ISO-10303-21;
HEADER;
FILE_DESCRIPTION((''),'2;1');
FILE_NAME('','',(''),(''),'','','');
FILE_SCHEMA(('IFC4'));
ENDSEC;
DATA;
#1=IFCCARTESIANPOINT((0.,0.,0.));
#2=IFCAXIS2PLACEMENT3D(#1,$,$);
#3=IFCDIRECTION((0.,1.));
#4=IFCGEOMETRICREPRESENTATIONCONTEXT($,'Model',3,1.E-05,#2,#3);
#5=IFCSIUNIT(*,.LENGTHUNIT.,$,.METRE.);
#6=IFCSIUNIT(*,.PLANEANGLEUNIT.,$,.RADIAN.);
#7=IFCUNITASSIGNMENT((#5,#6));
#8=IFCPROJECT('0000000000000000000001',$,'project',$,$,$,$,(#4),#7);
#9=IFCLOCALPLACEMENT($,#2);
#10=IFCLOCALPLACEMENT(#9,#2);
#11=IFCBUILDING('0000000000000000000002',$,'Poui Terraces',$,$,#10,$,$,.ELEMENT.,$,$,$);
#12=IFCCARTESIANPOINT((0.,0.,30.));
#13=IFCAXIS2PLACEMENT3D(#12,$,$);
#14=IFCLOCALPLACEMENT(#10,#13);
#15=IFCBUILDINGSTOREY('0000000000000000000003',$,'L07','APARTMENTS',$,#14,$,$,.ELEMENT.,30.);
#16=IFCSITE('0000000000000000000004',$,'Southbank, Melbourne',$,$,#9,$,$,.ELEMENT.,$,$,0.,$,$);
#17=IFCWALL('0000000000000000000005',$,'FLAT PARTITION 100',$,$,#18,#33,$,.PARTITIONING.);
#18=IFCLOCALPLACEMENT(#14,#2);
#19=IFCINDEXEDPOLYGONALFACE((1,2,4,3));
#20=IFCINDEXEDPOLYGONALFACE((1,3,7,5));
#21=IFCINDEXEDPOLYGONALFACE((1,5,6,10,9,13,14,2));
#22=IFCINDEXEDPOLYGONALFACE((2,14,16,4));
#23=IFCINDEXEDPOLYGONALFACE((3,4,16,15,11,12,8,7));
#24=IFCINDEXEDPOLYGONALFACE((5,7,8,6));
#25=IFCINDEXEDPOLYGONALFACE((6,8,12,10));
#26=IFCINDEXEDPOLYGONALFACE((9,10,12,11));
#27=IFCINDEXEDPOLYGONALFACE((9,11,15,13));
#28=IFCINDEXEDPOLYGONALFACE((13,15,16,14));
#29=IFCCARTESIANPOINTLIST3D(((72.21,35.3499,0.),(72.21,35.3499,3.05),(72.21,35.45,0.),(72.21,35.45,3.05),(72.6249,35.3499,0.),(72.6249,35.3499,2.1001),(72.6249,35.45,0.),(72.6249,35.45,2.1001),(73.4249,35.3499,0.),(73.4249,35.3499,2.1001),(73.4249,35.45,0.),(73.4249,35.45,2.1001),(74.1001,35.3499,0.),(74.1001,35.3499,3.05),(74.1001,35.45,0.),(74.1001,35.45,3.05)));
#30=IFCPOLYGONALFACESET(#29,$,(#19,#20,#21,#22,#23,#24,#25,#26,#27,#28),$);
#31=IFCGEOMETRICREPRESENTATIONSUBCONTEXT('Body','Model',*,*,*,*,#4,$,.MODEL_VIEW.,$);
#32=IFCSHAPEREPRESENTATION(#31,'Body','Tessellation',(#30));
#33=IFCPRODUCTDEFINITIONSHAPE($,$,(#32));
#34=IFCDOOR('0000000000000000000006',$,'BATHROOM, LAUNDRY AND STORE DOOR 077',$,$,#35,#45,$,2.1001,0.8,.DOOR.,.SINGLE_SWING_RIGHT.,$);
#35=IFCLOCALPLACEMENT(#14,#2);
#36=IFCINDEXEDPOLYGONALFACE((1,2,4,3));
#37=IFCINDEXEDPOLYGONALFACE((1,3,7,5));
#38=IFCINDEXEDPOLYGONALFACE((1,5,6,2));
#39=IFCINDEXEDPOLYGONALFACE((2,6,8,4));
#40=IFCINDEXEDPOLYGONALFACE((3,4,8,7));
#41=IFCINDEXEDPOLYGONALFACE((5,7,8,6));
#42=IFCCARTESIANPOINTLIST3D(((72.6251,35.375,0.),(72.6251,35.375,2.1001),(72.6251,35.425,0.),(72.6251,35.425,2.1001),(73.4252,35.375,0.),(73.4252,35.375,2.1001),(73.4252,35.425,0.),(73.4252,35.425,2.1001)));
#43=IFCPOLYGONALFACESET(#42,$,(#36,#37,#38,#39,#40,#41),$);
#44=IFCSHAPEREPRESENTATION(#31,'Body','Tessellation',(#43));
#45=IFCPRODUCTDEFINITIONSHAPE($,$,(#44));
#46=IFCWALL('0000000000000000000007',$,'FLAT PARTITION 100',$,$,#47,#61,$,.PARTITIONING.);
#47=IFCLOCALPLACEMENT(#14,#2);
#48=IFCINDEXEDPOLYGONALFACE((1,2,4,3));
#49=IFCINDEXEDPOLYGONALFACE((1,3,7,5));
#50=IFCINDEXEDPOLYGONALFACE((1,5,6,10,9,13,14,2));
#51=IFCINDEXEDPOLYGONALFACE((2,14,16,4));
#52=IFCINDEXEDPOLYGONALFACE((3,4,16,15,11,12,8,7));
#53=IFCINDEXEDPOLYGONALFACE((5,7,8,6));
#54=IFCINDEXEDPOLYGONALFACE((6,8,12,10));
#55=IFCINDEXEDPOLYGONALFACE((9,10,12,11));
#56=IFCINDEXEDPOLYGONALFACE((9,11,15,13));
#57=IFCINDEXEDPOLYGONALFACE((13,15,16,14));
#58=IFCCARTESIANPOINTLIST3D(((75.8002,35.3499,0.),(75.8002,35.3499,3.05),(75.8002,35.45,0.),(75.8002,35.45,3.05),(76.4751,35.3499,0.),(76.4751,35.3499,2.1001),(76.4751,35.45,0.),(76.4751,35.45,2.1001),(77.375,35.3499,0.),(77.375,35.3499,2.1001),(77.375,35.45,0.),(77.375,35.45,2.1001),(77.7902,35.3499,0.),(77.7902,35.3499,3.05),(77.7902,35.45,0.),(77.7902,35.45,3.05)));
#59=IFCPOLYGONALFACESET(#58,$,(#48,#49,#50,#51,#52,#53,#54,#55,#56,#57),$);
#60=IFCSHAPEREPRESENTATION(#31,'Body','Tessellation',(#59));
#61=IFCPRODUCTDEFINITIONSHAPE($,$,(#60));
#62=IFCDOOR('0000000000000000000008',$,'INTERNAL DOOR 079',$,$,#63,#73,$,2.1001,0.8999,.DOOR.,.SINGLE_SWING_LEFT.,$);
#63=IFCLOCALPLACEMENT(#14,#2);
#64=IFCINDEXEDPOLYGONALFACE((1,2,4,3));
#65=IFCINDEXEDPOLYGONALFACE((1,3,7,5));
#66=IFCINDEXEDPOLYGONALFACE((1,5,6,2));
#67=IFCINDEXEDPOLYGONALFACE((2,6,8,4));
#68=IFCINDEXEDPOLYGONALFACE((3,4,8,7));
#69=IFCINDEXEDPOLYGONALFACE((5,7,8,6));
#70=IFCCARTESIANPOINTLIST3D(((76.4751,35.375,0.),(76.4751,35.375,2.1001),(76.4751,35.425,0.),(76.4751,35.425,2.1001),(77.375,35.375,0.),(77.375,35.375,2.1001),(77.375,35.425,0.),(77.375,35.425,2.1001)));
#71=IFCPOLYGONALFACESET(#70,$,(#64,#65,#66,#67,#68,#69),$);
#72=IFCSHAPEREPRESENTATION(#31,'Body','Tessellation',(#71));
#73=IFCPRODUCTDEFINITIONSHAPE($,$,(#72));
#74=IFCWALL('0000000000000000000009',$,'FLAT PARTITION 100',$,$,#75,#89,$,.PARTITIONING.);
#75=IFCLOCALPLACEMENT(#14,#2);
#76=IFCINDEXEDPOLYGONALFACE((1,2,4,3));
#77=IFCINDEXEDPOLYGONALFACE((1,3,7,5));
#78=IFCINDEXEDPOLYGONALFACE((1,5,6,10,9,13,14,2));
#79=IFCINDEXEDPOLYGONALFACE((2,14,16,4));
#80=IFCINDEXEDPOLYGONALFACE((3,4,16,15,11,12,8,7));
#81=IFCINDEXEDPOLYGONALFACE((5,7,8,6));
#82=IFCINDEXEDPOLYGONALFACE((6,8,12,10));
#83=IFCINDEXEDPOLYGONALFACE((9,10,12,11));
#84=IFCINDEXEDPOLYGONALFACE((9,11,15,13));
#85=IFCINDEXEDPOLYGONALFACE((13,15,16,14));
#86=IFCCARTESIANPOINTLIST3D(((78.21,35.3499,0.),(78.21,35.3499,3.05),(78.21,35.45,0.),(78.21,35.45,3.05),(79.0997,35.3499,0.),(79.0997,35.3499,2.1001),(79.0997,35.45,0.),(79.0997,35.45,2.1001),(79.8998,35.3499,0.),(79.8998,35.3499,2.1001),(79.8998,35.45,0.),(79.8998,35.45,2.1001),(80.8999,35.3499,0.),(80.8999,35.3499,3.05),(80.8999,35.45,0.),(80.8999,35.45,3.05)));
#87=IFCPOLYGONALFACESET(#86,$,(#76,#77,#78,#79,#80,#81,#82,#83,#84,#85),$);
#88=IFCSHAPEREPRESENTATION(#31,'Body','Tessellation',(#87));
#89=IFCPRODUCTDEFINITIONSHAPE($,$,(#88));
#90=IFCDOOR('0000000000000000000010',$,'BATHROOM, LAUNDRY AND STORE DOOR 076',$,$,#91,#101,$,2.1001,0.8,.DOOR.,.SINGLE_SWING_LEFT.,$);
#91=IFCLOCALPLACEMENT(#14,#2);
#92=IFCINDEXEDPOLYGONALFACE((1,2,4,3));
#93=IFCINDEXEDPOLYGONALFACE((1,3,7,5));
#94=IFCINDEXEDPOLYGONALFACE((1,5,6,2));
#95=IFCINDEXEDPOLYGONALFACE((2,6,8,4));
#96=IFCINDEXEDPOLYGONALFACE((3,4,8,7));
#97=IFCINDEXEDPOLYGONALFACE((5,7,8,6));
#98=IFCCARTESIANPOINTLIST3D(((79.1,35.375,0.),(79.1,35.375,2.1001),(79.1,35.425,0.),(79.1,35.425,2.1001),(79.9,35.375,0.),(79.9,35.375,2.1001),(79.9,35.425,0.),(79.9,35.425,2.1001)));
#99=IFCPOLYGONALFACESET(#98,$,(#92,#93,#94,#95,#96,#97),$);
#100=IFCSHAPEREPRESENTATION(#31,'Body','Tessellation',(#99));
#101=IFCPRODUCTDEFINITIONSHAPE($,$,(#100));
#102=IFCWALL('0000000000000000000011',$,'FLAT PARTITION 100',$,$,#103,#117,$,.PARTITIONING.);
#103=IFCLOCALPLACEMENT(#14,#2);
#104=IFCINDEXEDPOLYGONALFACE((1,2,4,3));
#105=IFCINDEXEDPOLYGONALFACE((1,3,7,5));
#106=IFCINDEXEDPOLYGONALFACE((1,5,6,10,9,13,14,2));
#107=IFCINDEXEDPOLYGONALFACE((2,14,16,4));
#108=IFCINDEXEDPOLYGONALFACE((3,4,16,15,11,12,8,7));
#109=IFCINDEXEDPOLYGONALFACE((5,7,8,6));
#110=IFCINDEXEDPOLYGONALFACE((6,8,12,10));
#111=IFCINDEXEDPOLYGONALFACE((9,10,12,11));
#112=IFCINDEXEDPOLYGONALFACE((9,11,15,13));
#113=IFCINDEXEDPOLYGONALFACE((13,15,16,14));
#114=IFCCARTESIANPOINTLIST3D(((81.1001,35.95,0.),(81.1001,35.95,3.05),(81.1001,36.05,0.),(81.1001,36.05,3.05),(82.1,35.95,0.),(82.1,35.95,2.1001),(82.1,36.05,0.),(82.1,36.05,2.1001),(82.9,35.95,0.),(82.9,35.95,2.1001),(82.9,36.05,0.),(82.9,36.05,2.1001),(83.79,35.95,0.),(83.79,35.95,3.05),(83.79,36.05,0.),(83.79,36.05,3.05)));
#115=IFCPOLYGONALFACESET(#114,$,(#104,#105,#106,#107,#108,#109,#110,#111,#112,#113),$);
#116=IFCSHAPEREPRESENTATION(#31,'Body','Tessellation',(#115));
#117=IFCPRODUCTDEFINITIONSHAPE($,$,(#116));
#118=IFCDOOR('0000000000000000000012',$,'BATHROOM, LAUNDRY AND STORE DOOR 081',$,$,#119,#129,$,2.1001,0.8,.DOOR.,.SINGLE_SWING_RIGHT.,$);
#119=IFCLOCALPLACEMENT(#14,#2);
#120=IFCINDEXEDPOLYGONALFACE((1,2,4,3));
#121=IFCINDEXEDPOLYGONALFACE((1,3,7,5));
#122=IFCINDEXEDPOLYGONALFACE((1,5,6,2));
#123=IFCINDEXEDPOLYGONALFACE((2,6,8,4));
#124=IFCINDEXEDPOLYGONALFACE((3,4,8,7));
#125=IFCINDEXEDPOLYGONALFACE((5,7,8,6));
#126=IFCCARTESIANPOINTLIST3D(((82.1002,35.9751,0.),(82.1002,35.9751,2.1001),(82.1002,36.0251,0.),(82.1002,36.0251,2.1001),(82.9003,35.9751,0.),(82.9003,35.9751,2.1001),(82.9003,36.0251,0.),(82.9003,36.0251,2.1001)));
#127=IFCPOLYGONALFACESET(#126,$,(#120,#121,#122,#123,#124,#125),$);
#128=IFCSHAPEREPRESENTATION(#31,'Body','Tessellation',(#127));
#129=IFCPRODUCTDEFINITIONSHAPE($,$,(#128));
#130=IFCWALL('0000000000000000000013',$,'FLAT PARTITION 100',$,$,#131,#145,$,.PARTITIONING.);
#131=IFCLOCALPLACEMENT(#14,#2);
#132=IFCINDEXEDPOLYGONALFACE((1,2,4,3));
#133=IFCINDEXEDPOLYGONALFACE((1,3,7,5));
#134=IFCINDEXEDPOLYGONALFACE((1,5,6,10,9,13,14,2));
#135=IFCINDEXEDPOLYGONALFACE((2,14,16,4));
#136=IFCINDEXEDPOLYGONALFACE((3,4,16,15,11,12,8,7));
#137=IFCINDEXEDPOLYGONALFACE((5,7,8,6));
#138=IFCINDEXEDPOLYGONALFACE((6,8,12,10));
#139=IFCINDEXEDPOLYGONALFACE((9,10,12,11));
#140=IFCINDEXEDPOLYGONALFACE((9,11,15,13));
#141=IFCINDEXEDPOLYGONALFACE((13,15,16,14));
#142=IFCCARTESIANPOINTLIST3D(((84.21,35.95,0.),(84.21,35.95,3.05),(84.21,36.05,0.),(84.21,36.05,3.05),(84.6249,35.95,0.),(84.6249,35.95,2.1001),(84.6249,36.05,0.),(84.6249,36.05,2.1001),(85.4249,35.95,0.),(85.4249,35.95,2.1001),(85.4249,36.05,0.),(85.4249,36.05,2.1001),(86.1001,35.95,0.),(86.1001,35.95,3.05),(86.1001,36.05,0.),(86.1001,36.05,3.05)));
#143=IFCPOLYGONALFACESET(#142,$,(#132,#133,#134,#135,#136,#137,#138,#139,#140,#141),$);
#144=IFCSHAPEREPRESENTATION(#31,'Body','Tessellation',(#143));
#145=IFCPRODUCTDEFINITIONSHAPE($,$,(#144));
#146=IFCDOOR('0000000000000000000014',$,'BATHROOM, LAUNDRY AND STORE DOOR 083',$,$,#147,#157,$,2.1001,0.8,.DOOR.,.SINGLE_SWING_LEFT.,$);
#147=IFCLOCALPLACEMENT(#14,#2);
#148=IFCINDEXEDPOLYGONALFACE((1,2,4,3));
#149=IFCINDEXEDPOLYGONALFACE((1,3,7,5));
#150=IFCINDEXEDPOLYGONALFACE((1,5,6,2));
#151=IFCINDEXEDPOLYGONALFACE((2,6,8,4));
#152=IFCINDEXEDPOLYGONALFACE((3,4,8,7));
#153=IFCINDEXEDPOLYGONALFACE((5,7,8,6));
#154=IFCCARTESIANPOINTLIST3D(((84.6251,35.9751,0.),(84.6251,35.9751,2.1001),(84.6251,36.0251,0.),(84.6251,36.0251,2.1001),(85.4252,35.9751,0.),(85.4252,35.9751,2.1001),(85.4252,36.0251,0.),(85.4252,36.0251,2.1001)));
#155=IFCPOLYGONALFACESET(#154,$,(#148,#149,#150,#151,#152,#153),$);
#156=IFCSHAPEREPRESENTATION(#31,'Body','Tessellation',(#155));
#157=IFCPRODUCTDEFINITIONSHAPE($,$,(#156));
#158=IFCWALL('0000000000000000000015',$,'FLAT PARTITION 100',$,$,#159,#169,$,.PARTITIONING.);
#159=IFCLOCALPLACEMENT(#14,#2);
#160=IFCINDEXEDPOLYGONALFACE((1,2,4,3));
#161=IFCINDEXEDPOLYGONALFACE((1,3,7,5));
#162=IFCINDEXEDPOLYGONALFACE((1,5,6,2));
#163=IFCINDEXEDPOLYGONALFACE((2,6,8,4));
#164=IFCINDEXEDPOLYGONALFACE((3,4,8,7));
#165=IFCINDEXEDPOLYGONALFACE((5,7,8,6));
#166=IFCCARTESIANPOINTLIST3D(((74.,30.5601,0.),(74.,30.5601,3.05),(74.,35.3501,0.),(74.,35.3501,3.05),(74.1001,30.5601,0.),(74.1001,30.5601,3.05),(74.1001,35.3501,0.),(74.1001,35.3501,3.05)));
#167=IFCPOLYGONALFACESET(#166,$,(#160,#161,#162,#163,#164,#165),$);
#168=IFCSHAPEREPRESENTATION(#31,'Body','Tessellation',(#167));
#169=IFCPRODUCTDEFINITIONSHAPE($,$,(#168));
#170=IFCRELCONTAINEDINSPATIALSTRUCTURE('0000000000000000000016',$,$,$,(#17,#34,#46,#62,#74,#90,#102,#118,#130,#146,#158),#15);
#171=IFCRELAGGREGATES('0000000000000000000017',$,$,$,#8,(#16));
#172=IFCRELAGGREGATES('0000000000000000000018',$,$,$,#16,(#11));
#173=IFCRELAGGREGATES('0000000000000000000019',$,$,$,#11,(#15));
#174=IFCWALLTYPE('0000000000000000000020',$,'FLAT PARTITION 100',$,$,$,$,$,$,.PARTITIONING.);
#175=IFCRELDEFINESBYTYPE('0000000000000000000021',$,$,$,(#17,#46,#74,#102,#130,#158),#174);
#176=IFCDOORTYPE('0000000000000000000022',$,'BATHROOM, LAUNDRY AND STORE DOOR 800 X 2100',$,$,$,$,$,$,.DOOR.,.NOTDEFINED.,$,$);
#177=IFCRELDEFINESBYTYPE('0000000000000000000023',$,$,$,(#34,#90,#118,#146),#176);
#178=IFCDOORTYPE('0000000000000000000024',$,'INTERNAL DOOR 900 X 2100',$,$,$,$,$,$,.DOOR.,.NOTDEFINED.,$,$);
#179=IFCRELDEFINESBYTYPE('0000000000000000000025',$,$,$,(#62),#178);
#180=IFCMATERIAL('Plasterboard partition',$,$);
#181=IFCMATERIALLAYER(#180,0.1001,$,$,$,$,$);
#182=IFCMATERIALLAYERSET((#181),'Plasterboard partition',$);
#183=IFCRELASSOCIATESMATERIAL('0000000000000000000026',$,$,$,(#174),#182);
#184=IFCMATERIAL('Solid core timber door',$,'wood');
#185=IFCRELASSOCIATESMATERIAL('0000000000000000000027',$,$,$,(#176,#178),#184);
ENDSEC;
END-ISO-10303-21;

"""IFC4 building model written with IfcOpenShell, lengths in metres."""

from ifc_helpers import new_model, si_unit, direction, frame, frame_2d, origin, place, context, subcontext, project, spatial, rectangle, extrude, material, layer, layer_set, type_object, element, fill, save


model = new_model("IFC4")

# Units and contexts
model_context = context("Model", 3, precision=1e-05, world=origin(), true_north=direction((0.0, 1.0)))
body_context = subcontext(model_context, "Body", "Model", "MODEL_VIEW")
ifc_project = project(units=[si_unit("LENGTHUNIT", "METRE"), si_unit("PLANEANGLEUNIT", "RADIAN")], contexts=[model_context])

# Site, building, storey
site_placement = place(None, origin())
site = spatial("IfcSite", under=ifc_project, at=site_placement, Name="Southbank, Melbourne", CompositionType="ELEMENT", RefElevation=0.0)
building_placement = place(site_placement, origin())
building = spatial("IfcBuilding", under=site, at=building_placement, Name="Poui Terraces", CompositionType="ELEMENT")
storey_placement = place(building_placement, frame((0.0, 0.0, 30.0)))
storey = spatial("IfcBuildingStorey", under=building, at=storey_placement, Name="L07", Description="APARTMENTS", CompositionType="ELEMENT", Elevation=30.0)

# Walls, openings, doors
ifc_material_1 = material(Name="Plasterboard partition")
ifc_layer_1 = layer(ifc_material_1, 0.1001)
ifc_layer_set_1 = layer_set([ifc_layer_1], Name="Plasterboard partition")
wall_type_1 = type_object("IfcWallType", Name="FLAT PARTITION 100", PredefinedType="PARTITIONING", material=ifc_layer_set_1)
wall_1_placement = place(storey_placement, frame((72.21, 35.3999, 0.0), z_axis=(0.0, 0.0, 1.0), x_axis=(1.0, 0.0, 0.0)))
wall_1 = element("IfcWall", 1, at=wall_1_placement, inside=storey, type_object=wall_type_1, Name="FLAT PARTITION 100", PredefinedType="PARTITIONING", context=body_context, shape_type="SweptSolid", body=[
    extrude(rectangle(XDim=1.8901, YDim=0.1001, at=frame_2d((0.9451, 0.0))), origin(), (0.0, 0.0, 1.0), 3.05),
])
opening_1_placement = place(wall_1_placement, frame((0.415, 0.0, 0.0)))
opening_1 = element("IfcOpeningElement", 2, at=opening_1_placement, cuts=wall_1, PredefinedType="OPENING", context=body_context, shape_type="SweptSolid", body=[
    extrude(rectangle(XDim=0.8, YDim=2.1001, at=frame_2d((0.3999, 1.05))), frame((0.0, 0.0601, 0.0), z_axis=(0.0, -1.0, 0.0), x_axis=(1.0, 0.0, 0.0)), (0.0, 0.0, 1.0), 0.1201),
])
ifc_material_2 = material(Name="Solid core timber door", Category="wood")
door_type_1 = type_object("IfcDoorType", Name="BATHROOM, LAUNDRY AND STORE DOOR 800 X 2100", OperationType="NOTDEFINED", PredefinedType="DOOR", material=ifc_material_2)
door_1_placement = place(opening_1_placement, frame((0.8, 0.0, 0.0), z_axis=(0.0, 0.0, 1.0), x_axis=(-1.0, 0.0, 0.0)))
door_1 = element("IfcDoor", 3, at=door_1_placement, inside=storey, type_object=door_type_1, Name="BATHROOM, LAUNDRY AND STORE DOOR 077", OperationType="SINGLE_SWING_RIGHT", OverallHeight=2.1001, OverallWidth=0.8, PredefinedType="DOOR", context=body_context, shape_type="SweptSolid", body=[
    extrude(rectangle(XDim=0.8, YDim=2.1001, at=frame_2d((0.3999, 1.05))), frame((0.0, 0.0249, 0.0), z_axis=(0.0, -1.0, 0.0), x_axis=(1.0, 0.0, 0.0)), (0.0, 0.0, 1.0), 0.05),
])
fill(opening_1, door_1)
wall_2_placement = place(storey_placement, frame((75.8, 35.3999, 0.0), z_axis=(0.0, 0.0, 1.0), x_axis=(1.0, 0.0, 0.0)))
wall_2 = element("IfcWall", 4, at=wall_2_placement, inside=storey, type_object=wall_type_1, Name="FLAT PARTITION 100", PredefinedType="PARTITIONING", context=body_context, shape_type="SweptSolid", body=[
    extrude(rectangle(XDim=1.99, YDim=0.1001, at=frame_2d((0.9951, 0.0))), origin(), (0.0, 0.0, 1.0), 3.05),
])
opening_2_placement = place(wall_2_placement, frame((0.675, 0.0, 0.0)))
opening_2 = element("IfcOpeningElement", 5, at=opening_2_placement, cuts=wall_2, PredefinedType="OPENING", context=body_context, shape_type="SweptSolid", body=[
    extrude(rectangle(XDim=0.8999, YDim=2.1001, at=frame_2d((0.45, 1.05))), frame((0.0, 0.0601, 0.0), z_axis=(0.0, -1.0, 0.0), x_axis=(1.0, 0.0, 0.0)), (0.0, 0.0, 1.0), 0.1201),
])
door_type_2 = type_object("IfcDoorType", Name="INTERNAL DOOR 900 X 2100", OperationType="NOTDEFINED", PredefinedType="DOOR", material=ifc_material_2)
door_2_placement = place(opening_2_placement, frame((0.8999, 0.0, 0.0), z_axis=(0.0, 0.0, 1.0), x_axis=(-1.0, 0.0, 0.0)))
door_2 = element("IfcDoor", 6, at=door_2_placement, inside=storey, type_object=door_type_2, Name="INTERNAL DOOR 079", OperationType="SINGLE_SWING_LEFT", OverallHeight=2.1001, OverallWidth=0.8999, PredefinedType="DOOR", context=body_context, shape_type="SweptSolid", body=[
    extrude(rectangle(XDim=0.8999, YDim=2.1001, at=frame_2d((0.45, 1.05))), frame((0.0, 0.0249, 0.0), z_axis=(0.0, -1.0, 0.0), x_axis=(1.0, 0.0, 0.0)), (0.0, 0.0, 1.0), 0.05),
])
fill(opening_2, door_2)
wall_3_placement = place(storey_placement, frame((78.21, 35.3999, 0.0), z_axis=(0.0, 0.0, 1.0), x_axis=(1.0, 0.0, 0.0)))
wall_3 = element("IfcWall", 7, at=wall_3_placement, inside=storey, type_object=wall_type_1, Name="FLAT PARTITION 100", PredefinedType="PARTITIONING", context=body_context, shape_type="SweptSolid", body=[
    extrude(rectangle(XDim=2.6899, YDim=0.1001, at=frame_2d((1.345, 0.0))), origin(), (0.0, 0.0, 1.0), 3.05),
])
opening_3_placement = place(wall_3_placement, frame((0.8899, 0.0, 0.0)))
opening_3 = element("IfcOpeningElement", 8, at=opening_3_placement, cuts=wall_3, PredefinedType="OPENING", context=body_context, shape_type="SweptSolid", body=[
    extrude(rectangle(XDim=0.8, YDim=2.1001, at=frame_2d((0.3999, 1.05))), frame((0.0, 0.0601, 0.0), z_axis=(0.0, -1.0, 0.0), x_axis=(1.0, 0.0, 0.0)), (0.0, 0.0, 1.0), 0.1201),
])
door_3_placement = place(opening_3_placement, frame((0.8, 0.0, 0.0), z_axis=(0.0, 0.0, 1.0), x_axis=(-1.0, 0.0, 0.0)))
door_3 = element("IfcDoor", 9, at=door_3_placement, inside=storey, type_object=door_type_1, Name="BATHROOM, LAUNDRY AND STORE DOOR 076", OperationType="SINGLE_SWING_LEFT", OverallHeight=2.1001, OverallWidth=0.8, PredefinedType="DOOR", context=body_context, shape_type="SweptSolid", body=[
    extrude(rectangle(XDim=0.8, YDim=2.1001, at=frame_2d((0.3999, 1.05))), frame((0.0, 0.0249, 0.0), z_axis=(0.0, -1.0, 0.0), x_axis=(1.0, 0.0, 0.0)), (0.0, 0.0, 1.0), 0.05),
])
fill(opening_3, door_3)
wall_4_placement = place(storey_placement, frame((81.1001, 36.0, 0.0), z_axis=(0.0, 0.0, 1.0), x_axis=(1.0, 0.0, 0.0)))
wall_4 = element("IfcWall", 10, at=wall_4_placement, inside=storey, type_object=wall_type_1, Name="FLAT PARTITION 100", PredefinedType="PARTITIONING", context=body_context, shape_type="SweptSolid", body=[
    extrude(rectangle(XDim=2.6899, YDim=0.1001, at=frame_2d((1.345, 0.0))), origin(), (0.0, 0.0, 1.0), 3.05),
])
opening_4_placement = place(wall_4_placement, frame((1.0, 0.0, 0.0)))
opening_4 = element("IfcOpeningElement", 11, at=opening_4_placement, cuts=wall_4, PredefinedType="OPENING", context=body_context, shape_type="SweptSolid", body=[
    extrude(rectangle(XDim=0.8, YDim=2.1001, at=frame_2d((0.3999, 1.05))), frame((0.0, 0.0601, 0.0), z_axis=(0.0, -1.0, 0.0), x_axis=(1.0, 0.0, 0.0)), (0.0, 0.0, 1.0), 0.1201),
])
door_4_placement = place(opening_4_placement, frame((0.8, 0.0, 0.0), z_axis=(0.0, 0.0, 1.0), x_axis=(-1.0, 0.0, 0.0)))
door_4 = element("IfcDoor", 12, at=door_4_placement, inside=storey, type_object=door_type_1, Name="BATHROOM, LAUNDRY AND STORE DOOR 081", OperationType="SINGLE_SWING_RIGHT", OverallHeight=2.1001, OverallWidth=0.8, PredefinedType="DOOR", context=body_context, shape_type="SweptSolid", body=[
    extrude(rectangle(XDim=0.8, YDim=2.1001, at=frame_2d((0.3999, 1.05))), frame((0.0, 0.0249, 0.0), z_axis=(0.0, -1.0, 0.0), x_axis=(1.0, 0.0, 0.0)), (0.0, 0.0, 1.0), 0.05),
])
fill(opening_4, door_4)
wall_5_placement = place(storey_placement, frame((84.21, 36.0, 0.0), z_axis=(0.0, 0.0, 1.0), x_axis=(1.0, 0.0, 0.0)))
wall_5 = element("IfcWall", 13, at=wall_5_placement, inside=storey, type_object=wall_type_1, Name="FLAT PARTITION 100", PredefinedType="PARTITIONING", context=body_context, shape_type="SweptSolid", body=[
    extrude(rectangle(XDim=1.8901, YDim=0.1001, at=frame_2d((0.9451, 0.0))), origin(), (0.0, 0.0, 1.0), 3.05),
])
opening_5_placement = place(wall_5_placement, frame((0.415, 0.0, 0.0)))
opening_5 = element("IfcOpeningElement", 14, at=opening_5_placement, cuts=wall_5, PredefinedType="OPENING", context=body_context, shape_type="SweptSolid", body=[
    extrude(rectangle(XDim=0.8, YDim=2.1001, at=frame_2d((0.3999, 1.05))), frame((0.0, 0.0601, 0.0), z_axis=(0.0, -1.0, 0.0), x_axis=(1.0, 0.0, 0.0)), (0.0, 0.0, 1.0), 0.1201),
])
door_5_placement = place(opening_5_placement, frame((0.8, 0.0, 0.0), z_axis=(0.0, 0.0, 1.0), x_axis=(-1.0, 0.0, 0.0)))
door_5 = element("IfcDoor", 15, at=door_5_placement, inside=storey, type_object=door_type_1, Name="BATHROOM, LAUNDRY AND STORE DOOR 083", OperationType="SINGLE_SWING_LEFT", OverallHeight=2.1001, OverallWidth=0.8, PredefinedType="DOOR", context=body_context, shape_type="SweptSolid", body=[
    extrude(rectangle(XDim=0.8, YDim=2.1001, at=frame_2d((0.3999, 1.05))), frame((0.0, 0.0249, 0.0), z_axis=(0.0, -1.0, 0.0), x_axis=(1.0, 0.0, 0.0)), (0.0, 0.0, 1.0), 0.05),
])
fill(opening_5, door_5)

# Wall
for number, where, z_axis, x_axis, name in (
    (16, (74.05, 30.5601, 0.0), (0.0, 0.0, 1.0), (0.0, 1.0, 0.0), "FLAT PARTITION 100"),
):
    element("IfcWall", number, at=place(storey_placement, frame(where, z_axis=z_axis, x_axis=x_axis)), inside=storey, type_object=wall_type_1, Name=name, PredefinedType="PARTITIONING", context=body_context, shape_type="SweptSolid", body=[
        extrude(rectangle(XDim=4.79, YDim=0.1001, at=frame_2d((2.395, 0.0))), origin(), (0.0, 0.0, 1.0), 3.05),
    ])

save(model, "model.ifc")
